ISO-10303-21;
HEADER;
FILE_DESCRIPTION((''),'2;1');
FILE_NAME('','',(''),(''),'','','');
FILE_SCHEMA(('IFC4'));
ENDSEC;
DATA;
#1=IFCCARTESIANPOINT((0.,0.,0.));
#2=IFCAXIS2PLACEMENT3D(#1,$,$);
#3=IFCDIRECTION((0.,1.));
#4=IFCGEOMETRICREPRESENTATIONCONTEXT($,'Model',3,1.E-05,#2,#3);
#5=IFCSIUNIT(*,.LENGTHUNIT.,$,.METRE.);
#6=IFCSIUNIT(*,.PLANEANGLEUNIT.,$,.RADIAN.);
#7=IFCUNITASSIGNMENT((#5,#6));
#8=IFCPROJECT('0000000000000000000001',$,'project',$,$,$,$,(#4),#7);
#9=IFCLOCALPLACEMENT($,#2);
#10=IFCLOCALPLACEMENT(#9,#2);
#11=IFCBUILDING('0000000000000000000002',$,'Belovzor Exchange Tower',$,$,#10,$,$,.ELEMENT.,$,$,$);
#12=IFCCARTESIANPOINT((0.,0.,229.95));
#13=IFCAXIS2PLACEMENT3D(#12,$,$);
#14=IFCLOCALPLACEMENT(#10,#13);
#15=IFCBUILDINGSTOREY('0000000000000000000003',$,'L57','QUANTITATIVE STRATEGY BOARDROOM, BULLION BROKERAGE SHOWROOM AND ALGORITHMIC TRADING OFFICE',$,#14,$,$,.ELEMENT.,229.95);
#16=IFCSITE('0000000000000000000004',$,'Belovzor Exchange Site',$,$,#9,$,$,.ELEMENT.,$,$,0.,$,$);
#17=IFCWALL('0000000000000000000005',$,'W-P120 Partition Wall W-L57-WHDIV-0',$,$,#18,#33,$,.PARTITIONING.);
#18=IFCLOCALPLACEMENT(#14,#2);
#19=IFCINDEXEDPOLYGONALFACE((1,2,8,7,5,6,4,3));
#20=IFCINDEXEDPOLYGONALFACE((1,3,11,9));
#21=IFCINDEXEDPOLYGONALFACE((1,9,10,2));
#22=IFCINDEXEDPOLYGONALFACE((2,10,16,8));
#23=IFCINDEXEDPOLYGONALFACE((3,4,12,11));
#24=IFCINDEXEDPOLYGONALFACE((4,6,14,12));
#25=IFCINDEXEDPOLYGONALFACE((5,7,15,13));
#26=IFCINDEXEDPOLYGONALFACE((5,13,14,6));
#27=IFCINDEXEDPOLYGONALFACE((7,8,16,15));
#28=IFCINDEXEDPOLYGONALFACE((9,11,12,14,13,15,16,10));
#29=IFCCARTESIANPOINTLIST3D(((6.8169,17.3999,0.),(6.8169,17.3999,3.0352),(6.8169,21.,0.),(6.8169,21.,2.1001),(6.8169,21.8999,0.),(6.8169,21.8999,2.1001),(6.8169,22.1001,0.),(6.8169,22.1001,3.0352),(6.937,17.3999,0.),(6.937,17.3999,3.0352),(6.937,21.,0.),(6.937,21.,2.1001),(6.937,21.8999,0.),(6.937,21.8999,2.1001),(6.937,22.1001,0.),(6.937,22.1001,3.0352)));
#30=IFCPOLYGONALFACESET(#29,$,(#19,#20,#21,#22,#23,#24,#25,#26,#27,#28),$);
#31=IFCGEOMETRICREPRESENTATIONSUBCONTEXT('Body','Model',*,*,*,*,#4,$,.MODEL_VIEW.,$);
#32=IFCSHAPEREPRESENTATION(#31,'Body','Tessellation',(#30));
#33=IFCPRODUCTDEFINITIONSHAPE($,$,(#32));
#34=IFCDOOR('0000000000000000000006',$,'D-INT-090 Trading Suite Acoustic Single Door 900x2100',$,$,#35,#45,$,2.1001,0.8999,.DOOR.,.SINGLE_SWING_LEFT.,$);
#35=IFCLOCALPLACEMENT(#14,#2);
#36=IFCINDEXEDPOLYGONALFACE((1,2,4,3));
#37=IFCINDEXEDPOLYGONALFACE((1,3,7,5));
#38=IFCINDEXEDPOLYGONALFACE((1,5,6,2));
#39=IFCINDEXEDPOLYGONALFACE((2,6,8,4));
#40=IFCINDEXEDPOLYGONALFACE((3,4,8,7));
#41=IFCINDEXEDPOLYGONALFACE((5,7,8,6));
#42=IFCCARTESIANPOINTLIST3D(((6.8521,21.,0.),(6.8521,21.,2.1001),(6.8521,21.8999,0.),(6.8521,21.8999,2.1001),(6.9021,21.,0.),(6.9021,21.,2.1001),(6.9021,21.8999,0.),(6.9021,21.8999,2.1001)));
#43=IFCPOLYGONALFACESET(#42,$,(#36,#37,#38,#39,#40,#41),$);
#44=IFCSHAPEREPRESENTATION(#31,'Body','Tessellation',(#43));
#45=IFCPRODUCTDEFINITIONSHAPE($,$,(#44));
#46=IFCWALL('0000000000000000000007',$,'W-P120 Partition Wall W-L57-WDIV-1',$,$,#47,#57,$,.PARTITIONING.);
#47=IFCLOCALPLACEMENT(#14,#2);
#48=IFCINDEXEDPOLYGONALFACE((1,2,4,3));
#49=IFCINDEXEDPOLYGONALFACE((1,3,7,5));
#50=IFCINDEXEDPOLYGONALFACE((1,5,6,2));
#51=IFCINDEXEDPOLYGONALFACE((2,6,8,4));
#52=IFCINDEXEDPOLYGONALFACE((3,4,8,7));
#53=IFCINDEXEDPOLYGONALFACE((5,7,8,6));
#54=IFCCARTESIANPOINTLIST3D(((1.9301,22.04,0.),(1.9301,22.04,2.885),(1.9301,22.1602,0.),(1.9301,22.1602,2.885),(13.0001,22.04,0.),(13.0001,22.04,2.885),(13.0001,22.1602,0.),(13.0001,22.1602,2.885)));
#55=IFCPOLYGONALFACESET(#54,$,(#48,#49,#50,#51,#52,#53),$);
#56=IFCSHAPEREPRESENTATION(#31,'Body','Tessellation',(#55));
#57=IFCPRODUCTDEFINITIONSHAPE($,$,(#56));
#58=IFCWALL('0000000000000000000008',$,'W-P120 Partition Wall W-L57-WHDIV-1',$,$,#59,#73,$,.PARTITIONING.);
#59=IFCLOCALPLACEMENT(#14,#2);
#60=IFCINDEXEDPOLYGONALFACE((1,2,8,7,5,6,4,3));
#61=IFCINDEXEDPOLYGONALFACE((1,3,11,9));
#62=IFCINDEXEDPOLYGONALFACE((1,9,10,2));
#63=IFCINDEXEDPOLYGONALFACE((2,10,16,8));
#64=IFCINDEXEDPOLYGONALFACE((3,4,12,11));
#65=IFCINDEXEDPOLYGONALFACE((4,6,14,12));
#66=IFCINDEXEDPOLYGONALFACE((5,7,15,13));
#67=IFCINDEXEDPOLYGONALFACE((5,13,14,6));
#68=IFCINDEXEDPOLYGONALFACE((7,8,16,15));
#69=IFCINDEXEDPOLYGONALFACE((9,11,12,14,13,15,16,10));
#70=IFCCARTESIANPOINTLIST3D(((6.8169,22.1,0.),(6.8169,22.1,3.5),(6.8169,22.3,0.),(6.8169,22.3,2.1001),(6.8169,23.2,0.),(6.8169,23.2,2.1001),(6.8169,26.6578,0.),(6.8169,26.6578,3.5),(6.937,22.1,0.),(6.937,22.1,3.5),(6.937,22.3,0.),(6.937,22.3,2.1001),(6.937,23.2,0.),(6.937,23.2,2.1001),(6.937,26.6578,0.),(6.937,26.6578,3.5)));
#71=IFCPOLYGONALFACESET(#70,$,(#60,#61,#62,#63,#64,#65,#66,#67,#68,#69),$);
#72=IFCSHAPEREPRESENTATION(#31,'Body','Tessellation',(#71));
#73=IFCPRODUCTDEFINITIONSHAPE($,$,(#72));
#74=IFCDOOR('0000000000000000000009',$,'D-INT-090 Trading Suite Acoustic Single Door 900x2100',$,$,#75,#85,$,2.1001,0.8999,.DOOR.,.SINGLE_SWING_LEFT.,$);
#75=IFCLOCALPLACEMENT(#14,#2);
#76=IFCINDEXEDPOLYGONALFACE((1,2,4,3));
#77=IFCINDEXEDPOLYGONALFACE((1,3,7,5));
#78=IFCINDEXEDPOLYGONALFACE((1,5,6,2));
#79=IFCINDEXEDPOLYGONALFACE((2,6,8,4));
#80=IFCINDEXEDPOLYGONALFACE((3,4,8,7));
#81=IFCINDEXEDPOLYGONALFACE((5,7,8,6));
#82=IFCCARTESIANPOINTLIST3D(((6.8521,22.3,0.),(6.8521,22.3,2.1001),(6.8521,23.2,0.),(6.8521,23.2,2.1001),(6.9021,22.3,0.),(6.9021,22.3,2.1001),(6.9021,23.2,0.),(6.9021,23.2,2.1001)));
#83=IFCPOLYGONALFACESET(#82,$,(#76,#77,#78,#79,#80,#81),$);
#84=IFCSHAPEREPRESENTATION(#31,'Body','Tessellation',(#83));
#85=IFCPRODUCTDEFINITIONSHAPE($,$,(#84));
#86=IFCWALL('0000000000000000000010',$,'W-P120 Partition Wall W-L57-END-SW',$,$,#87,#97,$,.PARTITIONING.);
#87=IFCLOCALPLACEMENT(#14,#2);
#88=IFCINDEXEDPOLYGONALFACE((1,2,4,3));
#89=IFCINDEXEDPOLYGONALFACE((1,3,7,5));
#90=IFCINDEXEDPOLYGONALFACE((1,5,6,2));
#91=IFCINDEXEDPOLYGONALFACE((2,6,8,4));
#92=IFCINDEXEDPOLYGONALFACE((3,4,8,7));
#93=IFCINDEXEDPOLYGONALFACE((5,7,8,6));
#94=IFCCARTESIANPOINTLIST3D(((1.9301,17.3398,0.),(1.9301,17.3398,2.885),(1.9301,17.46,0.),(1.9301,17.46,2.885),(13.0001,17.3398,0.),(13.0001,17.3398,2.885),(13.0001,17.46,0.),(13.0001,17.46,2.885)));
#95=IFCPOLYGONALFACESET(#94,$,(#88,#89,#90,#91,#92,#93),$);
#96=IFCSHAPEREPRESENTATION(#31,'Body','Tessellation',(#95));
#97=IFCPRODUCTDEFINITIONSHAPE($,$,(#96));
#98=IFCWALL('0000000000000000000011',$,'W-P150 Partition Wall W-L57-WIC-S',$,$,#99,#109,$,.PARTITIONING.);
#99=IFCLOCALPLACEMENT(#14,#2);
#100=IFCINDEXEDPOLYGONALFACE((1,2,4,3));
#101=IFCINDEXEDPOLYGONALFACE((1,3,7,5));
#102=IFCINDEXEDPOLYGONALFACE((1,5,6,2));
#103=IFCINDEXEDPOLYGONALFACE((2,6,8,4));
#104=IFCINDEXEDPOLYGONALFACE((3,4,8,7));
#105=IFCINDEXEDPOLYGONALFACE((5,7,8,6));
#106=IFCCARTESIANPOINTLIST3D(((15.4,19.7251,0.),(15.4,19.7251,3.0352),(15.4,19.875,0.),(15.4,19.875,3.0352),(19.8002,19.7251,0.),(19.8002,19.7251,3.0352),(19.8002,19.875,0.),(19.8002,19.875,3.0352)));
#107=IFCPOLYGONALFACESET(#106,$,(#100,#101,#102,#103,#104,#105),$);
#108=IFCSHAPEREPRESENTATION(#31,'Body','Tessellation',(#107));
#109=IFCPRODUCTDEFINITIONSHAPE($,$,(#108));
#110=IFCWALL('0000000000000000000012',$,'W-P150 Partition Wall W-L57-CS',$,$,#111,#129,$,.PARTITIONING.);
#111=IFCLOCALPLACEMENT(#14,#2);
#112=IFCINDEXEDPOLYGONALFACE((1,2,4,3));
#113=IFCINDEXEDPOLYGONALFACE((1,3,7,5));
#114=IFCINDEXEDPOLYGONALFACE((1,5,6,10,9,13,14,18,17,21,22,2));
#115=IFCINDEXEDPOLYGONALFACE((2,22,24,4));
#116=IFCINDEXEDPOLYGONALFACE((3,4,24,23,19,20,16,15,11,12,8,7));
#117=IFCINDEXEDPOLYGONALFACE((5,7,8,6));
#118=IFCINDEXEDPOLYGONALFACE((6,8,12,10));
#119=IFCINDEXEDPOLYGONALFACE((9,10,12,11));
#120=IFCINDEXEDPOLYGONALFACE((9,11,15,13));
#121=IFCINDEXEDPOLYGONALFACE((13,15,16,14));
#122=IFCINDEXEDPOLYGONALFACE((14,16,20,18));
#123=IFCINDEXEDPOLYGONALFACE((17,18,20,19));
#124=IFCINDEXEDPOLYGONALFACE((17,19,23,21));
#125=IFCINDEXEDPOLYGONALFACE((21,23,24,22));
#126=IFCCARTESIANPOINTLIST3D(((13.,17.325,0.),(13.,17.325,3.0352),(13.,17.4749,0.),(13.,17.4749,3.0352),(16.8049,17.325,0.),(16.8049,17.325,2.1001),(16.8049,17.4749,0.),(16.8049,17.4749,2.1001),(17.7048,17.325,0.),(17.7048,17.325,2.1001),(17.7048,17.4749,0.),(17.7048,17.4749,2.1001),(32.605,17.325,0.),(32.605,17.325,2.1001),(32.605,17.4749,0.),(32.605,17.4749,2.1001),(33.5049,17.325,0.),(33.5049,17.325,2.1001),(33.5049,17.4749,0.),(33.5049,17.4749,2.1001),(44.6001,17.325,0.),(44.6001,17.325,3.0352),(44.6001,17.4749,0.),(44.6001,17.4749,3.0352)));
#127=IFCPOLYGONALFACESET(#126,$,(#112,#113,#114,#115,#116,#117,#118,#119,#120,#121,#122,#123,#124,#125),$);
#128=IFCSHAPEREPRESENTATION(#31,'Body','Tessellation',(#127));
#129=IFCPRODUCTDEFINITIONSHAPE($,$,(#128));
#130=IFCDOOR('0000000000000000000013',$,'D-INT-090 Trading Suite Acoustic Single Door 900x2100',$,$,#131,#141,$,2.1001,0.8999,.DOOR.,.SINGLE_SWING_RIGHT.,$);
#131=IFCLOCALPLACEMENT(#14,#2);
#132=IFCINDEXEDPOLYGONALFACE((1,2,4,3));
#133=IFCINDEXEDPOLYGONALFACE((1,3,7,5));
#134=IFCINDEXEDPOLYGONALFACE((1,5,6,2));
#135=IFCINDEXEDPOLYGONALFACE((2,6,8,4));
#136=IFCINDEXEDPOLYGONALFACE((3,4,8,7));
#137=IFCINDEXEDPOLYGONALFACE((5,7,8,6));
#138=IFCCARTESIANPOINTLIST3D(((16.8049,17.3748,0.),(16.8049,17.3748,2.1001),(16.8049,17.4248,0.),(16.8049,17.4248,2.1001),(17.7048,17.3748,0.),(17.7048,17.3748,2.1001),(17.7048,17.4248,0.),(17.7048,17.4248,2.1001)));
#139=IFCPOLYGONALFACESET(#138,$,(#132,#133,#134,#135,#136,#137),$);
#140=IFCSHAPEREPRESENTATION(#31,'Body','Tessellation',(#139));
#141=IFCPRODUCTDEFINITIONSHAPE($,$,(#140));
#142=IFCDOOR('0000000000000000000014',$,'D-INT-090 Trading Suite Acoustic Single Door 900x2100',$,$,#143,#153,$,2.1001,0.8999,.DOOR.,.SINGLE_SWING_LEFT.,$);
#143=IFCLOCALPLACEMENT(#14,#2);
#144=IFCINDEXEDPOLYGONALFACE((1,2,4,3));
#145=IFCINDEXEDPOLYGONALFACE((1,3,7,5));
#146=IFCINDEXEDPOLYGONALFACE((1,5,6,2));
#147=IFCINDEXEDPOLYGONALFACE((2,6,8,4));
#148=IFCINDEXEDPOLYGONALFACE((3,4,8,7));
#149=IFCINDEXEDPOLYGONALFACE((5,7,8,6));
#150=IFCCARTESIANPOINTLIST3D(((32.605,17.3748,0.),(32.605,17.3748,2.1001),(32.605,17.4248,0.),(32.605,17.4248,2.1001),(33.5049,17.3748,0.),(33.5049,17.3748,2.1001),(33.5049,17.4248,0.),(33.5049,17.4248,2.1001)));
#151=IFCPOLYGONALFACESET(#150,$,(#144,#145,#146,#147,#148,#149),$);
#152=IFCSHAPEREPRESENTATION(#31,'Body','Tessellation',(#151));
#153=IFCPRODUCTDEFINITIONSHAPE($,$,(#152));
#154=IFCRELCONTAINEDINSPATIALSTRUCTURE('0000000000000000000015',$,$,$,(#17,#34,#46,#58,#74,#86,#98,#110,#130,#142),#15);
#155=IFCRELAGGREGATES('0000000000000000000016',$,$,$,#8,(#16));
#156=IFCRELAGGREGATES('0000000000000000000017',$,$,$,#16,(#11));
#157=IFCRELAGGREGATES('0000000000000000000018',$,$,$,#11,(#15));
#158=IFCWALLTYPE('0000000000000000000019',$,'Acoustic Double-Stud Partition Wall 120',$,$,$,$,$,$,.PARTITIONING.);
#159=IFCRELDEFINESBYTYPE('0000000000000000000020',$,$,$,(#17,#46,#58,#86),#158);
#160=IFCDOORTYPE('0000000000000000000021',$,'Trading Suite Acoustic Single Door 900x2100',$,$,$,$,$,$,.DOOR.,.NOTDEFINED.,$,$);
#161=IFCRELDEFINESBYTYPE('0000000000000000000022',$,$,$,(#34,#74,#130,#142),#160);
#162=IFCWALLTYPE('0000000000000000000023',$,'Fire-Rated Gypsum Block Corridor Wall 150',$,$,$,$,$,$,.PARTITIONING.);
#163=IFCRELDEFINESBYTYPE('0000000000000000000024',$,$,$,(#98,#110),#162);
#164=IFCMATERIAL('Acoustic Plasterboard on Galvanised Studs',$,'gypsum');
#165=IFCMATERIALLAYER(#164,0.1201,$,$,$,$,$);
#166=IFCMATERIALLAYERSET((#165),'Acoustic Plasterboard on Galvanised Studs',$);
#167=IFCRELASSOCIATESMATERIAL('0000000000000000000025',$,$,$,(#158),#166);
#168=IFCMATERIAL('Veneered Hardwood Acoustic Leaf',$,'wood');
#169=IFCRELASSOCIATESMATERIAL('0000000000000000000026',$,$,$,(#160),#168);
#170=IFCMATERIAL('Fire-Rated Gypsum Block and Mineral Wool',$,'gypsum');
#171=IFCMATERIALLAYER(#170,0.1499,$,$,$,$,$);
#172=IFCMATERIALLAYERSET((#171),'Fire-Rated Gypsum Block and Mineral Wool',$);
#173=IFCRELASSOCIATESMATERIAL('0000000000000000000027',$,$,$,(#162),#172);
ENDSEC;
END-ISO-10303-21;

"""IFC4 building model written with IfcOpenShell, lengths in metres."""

from ifc_helpers import new_model, si_unit, direction, frame, frame_2d, origin, place, context, subcontext, project, spatial, rectangle, extrude, material, layer, layer_set, type_object, element, fill, save


model = new_model("IFC4")

# Units and contexts
model_context = context("Model", 3, precision=1e-05, world=origin(), true_north=direction((0.0, 1.0)))
body_context = subcontext(model_context, "Body", "Model", "MODEL_VIEW")
ifc_project = project(units=[si_unit("LENGTHUNIT", "METRE"), si_unit("PLANEANGLEUNIT", "RADIAN")], contexts=[model_context])

# Site, building, storey
site_placement = place(None, origin())
site = spatial("IfcSite", under=ifc_project, at=site_placement, Name="Belovzor Exchange Site", CompositionType="ELEMENT", RefElevation=0.0)
building_placement = place(site_placement, origin())
building = spatial("IfcBuilding", under=site, at=building_placement, Name="Belovzor Exchange Tower", CompositionType="ELEMENT")
storey_placement = place(building_placement, frame((0.0, 0.0, 229.95)))
storey = spatial("IfcBuildingStorey", under=building, at=storey_placement, Name="L57", Description="QUANTITATIVE STRATEGY BOARDROOM, BULLION BROKERAGE SHOWROOM AND ALGORITHMIC TRADING OFFICE", CompositionType="ELEMENT", Elevation=229.95)

# Wall, opening, door
ifc_material_1 = material(Name="Acoustic Plasterboard on Galvanised Studs", Category="gypsum")
ifc_layer_1 = layer(ifc_material_1, 0.1201)
ifc_layer_set_1 = layer_set([ifc_layer_1], Name="Acoustic Plasterboard on Galvanised Studs")
wall_type_1 = type_object("IfcWallType", Name="Acoustic Double-Stud Partition Wall 120", PredefinedType="PARTITIONING", material=ifc_layer_set_1)
wall_1_placement = place(storey_placement, frame((6.877, 17.3999, 0.0), z_axis=(0.0, 0.0, 1.0), x_axis=(0.0, 1.0, 0.0)))
wall_1 = element("IfcWall", 1, at=wall_1_placement, inside=storey, type_object=wall_type_1, Name="W-P120 Partition Wall W-L57-WHDIV-0", PredefinedType="PARTITIONING", context=body_context, shape_type="SweptSolid", body=[
    extrude(rectangle(XDim=4.7002, YDim=0.1201, at=frame_2d((2.3501, 0.0))), origin(), (0.0, 0.0, 1.0), 3.0352),
])
opening_1_placement = place(wall_1_placement, frame((3.6001, 0.0, 0.0)))
opening_1 = element("IfcOpeningElement", 2, at=opening_1_placement, cuts=wall_1, PredefinedType="OPENING", context=body_context, shape_type="SweptSolid", body=[
    extrude(rectangle(XDim=0.8999, YDim=2.1001, at=frame_2d((0.45, 1.05))), frame((0.0, 0.0701, 0.0), z_axis=(0.0, -1.0, 0.0), x_axis=(1.0, 0.0, 0.0)), (0.0, 0.0, 1.0), 0.1401),
])
ifc_material_2 = material(Name="Veneered Hardwood Acoustic Leaf", Category="wood")
door_type = type_object("IfcDoorType", Name="Trading Suite Acoustic Single Door 900x2100", OperationType="NOTDEFINED", PredefinedType="DOOR", material=ifc_material_2)
door_1_placement = place(opening_1_placement, origin())
door_1 = element("IfcDoor", 3, at=door_1_placement, inside=storey, type_object=door_type, Name="D-INT-090 Trading Suite Acoustic Single Door 900x2100", OperationType="SINGLE_SWING_LEFT", OverallHeight=2.1001, OverallWidth=0.8999, PredefinedType="DOOR", context=body_context, shape_type="SweptSolid", body=[
    extrude(rectangle(XDim=0.8999, YDim=2.1001, at=frame_2d((0.45, 1.05))), frame((0.0, 0.0249, 0.0), z_axis=(0.0, -1.0, 0.0), x_axis=(1.0, 0.0, 0.0)), (0.0, 0.0, 1.0), 0.05),
])
fill(opening_1, door_1)

# Wall
wall_2_placement = place(storey_placement, frame((1.9299, 22.1001, 0.0), z_axis=(0.0, 0.0, 1.0), x_axis=(1.0, 0.0, 0.0)))
element("IfcWall", 4, at=wall_2_placement, inside=storey, type_object=wall_type_1, Name="W-P120 Partition Wall W-L57-WDIV-1", PredefinedType="PARTITIONING", context=body_context, shape_type="SweptSolid", body=[
    extrude(rectangle(XDim=11.0701, YDim=0.1201, at=frame_2d((5.5352, 0.0))), origin(), (0.0, 0.0, 1.0), 2.885),
])

# Wall, opening, door
wall_3_placement = place(storey_placement, frame((6.877, 22.1001, 0.0), z_axis=(0.0, 0.0, 1.0), x_axis=(0.0, 1.0, 0.0)))
wall_3 = element("IfcWall", 5, at=wall_3_placement, inside=storey, type_object=wall_type_1, Name="W-P120 Partition Wall W-L57-WHDIV-1", PredefinedType="PARTITIONING", context=body_context, shape_type="SweptSolid", body=[
    extrude(rectangle(XDim=4.5579, YDim=0.1201, at=frame_2d((2.2788, 0.0))), origin(), (0.0, 0.0, 1.0), 3.5),
])
opening_2_placement = place(wall_3_placement, frame((0.2, 0.0, 0.0)))
opening_2 = element("IfcOpeningElement", 6, at=opening_2_placement, cuts=wall_3, PredefinedType="OPENING", context=body_context, shape_type="SweptSolid", body=[
    extrude(rectangle(XDim=0.8999, YDim=2.1001, at=frame_2d((0.45, 1.05))), frame((0.0, 0.0701, 0.0), z_axis=(0.0, -1.0, 0.0), x_axis=(1.0, 0.0, 0.0)), (0.0, 0.0, 1.0), 0.1401),
])
door_2_placement = place(opening_2_placement, origin())
door_2 = element("IfcDoor", 7, at=door_2_placement, inside=storey, type_object=door_type, Name="D-INT-090 Trading Suite Acoustic Single Door 900x2100", OperationType="SINGLE_SWING_LEFT", OverallHeight=2.1001, OverallWidth=0.8999, PredefinedType="DOOR", context=body_context, shape_type="SweptSolid", body=[
    extrude(rectangle(XDim=0.8999, YDim=2.1001, at=frame_2d((0.45, 1.05))), frame((0.0, 0.0249, 0.0), z_axis=(0.0, -1.0, 0.0), x_axis=(1.0, 0.0, 0.0)), (0.0, 0.0, 1.0), 0.05),
])
fill(opening_2, door_2)

# Walls
wall_4_placement = place(storey_placement, frame((1.9299, 17.3999, 0.0), z_axis=(0.0, 0.0, 1.0), x_axis=(1.0, 0.0, 0.0)))
element("IfcWall", 8, at=wall_4_placement, inside=storey, type_object=wall_type_1, Name="W-P120 Partition Wall W-L57-END-SW", PredefinedType="PARTITIONING", context=body_context, shape_type="SweptSolid", body=[
    extrude(rectangle(XDim=11.0701, YDim=0.1201, at=frame_2d((5.5352, 0.0))), origin(), (0.0, 0.0, 1.0), 2.885),
])
ifc_material_3 = material(Name="Fire-Rated Gypsum Block and Mineral Wool", Category="gypsum")
ifc_layer_2 = layer(ifc_material_3, 0.1499)
ifc_layer_set_2 = layer_set([ifc_layer_2], Name="Fire-Rated Gypsum Block and Mineral Wool")
wall_type_2 = type_object("IfcWallType", Name="Fire-Rated Gypsum Block Corridor Wall 150", PredefinedType="PARTITIONING", material=ifc_layer_set_2)
wall_5_placement = place(storey_placement, frame((15.3999, 19.8, 0.0), z_axis=(0.0, 0.0, 1.0), x_axis=(1.0, 0.0, 0.0)))
element("IfcWall", 9, at=wall_5_placement, inside=storey, type_object=wall_type_2, Name="W-P150 Partition Wall W-L57-WIC-S", PredefinedType="PARTITIONING", context=body_context, shape_type="SweptSolid", body=[
    extrude(rectangle(XDim=4.4001, YDim=0.1499, at=frame_2d((2.2002, 0.0))), origin(), (0.0, 0.0, 1.0), 3.0352),
])

# Wall, openings, doors
wall_6_placement = place(storey_placement, frame((13.0, 17.3999, 0.0), z_axis=(0.0, 0.0, 1.0), x_axis=(1.0, 0.0, 0.0)))
wall_6 = element("IfcWall", 10, at=wall_6_placement, inside=storey, type_object=wall_type_2, Name="W-P150 Partition Wall W-L57-CS", PredefinedType="PARTITIONING", context=body_context, shape_type="SweptSolid", body=[
    extrude(rectangle(XDim=31.6001, YDim=0.1499, at=frame_2d((15.8, 0.0))), origin(), (0.0, 0.0, 1.0), 3.0352),
])
opening_3_placement = place(wall_6_placement, frame((3.8049, 0.0, 0.0)))
opening_3 = element("IfcOpeningElement", 11, at=opening_3_placement, cuts=wall_6, PredefinedType="OPENING", context=body_context, shape_type="SweptSolid", body=[
    extrude(rectangle(XDim=0.8999, YDim=2.1001, at=frame_2d((0.45, 1.05))), frame((0.0, 0.085, 0.0), z_axis=(0.0, -1.0, 0.0), x_axis=(1.0, 0.0, 0.0)), (0.0, 0.0, 1.0), 0.1699),
])
opening_4_placement = place(wall_6_placement, frame((19.605, 0.0, 0.0)))
opening_4 = element("IfcOpeningElement", 12, at=opening_4_placement, cuts=wall_6, PredefinedType="OPENING", context=body_context, shape_type="SweptSolid", body=[
    extrude(rectangle(XDim=0.8999, YDim=2.1001, at=frame_2d((0.45, 1.05))), frame((0.0, 0.085, 0.0), z_axis=(0.0, -1.0, 0.0), x_axis=(1.0, 0.0, 0.0)), (0.0, 0.0, 1.0), 0.1699),
])
door_3_placement = place(opening_3_placement, origin())
door_3 = element("IfcDoor", 13, at=door_3_placement, inside=storey, type_object=door_type, Name="D-INT-090 Trading Suite Acoustic Single Door 900x2100", OperationType="SINGLE_SWING_RIGHT", OverallHeight=2.1001, OverallWidth=0.8999, PredefinedType="DOOR", context=body_context, shape_type="SweptSolid", body=[
    extrude(rectangle(XDim=0.8999, YDim=2.1001, at=frame_2d((0.45, 1.05))), frame((0.0, 0.0249, 0.0), z_axis=(0.0, -1.0, 0.0), x_axis=(1.0, 0.0, 0.0)), (0.0, 0.0, 1.0), 0.05),
])
fill(opening_3, door_3)
door_4_placement = place(opening_4_placement, origin())
door_4 = element("IfcDoor", 14, at=door_4_placement, inside=storey, type_object=door_type, Name="D-INT-090 Trading Suite Acoustic Single Door 900x2100", OperationType="SINGLE_SWING_LEFT", OverallHeight=2.1001, OverallWidth=0.8999, PredefinedType="DOOR", context=body_context, shape_type="SweptSolid", body=[
    extrude(rectangle(XDim=0.8999, YDim=2.1001, at=frame_2d((0.45, 1.05))), frame((0.0, 0.0249, 0.0), z_axis=(0.0, -1.0, 0.0), x_axis=(1.0, 0.0, 0.0)), (0.0, 0.0, 1.0), 0.05),
])
fill(opening_4, door_4)

save(model, "model.ifc")
